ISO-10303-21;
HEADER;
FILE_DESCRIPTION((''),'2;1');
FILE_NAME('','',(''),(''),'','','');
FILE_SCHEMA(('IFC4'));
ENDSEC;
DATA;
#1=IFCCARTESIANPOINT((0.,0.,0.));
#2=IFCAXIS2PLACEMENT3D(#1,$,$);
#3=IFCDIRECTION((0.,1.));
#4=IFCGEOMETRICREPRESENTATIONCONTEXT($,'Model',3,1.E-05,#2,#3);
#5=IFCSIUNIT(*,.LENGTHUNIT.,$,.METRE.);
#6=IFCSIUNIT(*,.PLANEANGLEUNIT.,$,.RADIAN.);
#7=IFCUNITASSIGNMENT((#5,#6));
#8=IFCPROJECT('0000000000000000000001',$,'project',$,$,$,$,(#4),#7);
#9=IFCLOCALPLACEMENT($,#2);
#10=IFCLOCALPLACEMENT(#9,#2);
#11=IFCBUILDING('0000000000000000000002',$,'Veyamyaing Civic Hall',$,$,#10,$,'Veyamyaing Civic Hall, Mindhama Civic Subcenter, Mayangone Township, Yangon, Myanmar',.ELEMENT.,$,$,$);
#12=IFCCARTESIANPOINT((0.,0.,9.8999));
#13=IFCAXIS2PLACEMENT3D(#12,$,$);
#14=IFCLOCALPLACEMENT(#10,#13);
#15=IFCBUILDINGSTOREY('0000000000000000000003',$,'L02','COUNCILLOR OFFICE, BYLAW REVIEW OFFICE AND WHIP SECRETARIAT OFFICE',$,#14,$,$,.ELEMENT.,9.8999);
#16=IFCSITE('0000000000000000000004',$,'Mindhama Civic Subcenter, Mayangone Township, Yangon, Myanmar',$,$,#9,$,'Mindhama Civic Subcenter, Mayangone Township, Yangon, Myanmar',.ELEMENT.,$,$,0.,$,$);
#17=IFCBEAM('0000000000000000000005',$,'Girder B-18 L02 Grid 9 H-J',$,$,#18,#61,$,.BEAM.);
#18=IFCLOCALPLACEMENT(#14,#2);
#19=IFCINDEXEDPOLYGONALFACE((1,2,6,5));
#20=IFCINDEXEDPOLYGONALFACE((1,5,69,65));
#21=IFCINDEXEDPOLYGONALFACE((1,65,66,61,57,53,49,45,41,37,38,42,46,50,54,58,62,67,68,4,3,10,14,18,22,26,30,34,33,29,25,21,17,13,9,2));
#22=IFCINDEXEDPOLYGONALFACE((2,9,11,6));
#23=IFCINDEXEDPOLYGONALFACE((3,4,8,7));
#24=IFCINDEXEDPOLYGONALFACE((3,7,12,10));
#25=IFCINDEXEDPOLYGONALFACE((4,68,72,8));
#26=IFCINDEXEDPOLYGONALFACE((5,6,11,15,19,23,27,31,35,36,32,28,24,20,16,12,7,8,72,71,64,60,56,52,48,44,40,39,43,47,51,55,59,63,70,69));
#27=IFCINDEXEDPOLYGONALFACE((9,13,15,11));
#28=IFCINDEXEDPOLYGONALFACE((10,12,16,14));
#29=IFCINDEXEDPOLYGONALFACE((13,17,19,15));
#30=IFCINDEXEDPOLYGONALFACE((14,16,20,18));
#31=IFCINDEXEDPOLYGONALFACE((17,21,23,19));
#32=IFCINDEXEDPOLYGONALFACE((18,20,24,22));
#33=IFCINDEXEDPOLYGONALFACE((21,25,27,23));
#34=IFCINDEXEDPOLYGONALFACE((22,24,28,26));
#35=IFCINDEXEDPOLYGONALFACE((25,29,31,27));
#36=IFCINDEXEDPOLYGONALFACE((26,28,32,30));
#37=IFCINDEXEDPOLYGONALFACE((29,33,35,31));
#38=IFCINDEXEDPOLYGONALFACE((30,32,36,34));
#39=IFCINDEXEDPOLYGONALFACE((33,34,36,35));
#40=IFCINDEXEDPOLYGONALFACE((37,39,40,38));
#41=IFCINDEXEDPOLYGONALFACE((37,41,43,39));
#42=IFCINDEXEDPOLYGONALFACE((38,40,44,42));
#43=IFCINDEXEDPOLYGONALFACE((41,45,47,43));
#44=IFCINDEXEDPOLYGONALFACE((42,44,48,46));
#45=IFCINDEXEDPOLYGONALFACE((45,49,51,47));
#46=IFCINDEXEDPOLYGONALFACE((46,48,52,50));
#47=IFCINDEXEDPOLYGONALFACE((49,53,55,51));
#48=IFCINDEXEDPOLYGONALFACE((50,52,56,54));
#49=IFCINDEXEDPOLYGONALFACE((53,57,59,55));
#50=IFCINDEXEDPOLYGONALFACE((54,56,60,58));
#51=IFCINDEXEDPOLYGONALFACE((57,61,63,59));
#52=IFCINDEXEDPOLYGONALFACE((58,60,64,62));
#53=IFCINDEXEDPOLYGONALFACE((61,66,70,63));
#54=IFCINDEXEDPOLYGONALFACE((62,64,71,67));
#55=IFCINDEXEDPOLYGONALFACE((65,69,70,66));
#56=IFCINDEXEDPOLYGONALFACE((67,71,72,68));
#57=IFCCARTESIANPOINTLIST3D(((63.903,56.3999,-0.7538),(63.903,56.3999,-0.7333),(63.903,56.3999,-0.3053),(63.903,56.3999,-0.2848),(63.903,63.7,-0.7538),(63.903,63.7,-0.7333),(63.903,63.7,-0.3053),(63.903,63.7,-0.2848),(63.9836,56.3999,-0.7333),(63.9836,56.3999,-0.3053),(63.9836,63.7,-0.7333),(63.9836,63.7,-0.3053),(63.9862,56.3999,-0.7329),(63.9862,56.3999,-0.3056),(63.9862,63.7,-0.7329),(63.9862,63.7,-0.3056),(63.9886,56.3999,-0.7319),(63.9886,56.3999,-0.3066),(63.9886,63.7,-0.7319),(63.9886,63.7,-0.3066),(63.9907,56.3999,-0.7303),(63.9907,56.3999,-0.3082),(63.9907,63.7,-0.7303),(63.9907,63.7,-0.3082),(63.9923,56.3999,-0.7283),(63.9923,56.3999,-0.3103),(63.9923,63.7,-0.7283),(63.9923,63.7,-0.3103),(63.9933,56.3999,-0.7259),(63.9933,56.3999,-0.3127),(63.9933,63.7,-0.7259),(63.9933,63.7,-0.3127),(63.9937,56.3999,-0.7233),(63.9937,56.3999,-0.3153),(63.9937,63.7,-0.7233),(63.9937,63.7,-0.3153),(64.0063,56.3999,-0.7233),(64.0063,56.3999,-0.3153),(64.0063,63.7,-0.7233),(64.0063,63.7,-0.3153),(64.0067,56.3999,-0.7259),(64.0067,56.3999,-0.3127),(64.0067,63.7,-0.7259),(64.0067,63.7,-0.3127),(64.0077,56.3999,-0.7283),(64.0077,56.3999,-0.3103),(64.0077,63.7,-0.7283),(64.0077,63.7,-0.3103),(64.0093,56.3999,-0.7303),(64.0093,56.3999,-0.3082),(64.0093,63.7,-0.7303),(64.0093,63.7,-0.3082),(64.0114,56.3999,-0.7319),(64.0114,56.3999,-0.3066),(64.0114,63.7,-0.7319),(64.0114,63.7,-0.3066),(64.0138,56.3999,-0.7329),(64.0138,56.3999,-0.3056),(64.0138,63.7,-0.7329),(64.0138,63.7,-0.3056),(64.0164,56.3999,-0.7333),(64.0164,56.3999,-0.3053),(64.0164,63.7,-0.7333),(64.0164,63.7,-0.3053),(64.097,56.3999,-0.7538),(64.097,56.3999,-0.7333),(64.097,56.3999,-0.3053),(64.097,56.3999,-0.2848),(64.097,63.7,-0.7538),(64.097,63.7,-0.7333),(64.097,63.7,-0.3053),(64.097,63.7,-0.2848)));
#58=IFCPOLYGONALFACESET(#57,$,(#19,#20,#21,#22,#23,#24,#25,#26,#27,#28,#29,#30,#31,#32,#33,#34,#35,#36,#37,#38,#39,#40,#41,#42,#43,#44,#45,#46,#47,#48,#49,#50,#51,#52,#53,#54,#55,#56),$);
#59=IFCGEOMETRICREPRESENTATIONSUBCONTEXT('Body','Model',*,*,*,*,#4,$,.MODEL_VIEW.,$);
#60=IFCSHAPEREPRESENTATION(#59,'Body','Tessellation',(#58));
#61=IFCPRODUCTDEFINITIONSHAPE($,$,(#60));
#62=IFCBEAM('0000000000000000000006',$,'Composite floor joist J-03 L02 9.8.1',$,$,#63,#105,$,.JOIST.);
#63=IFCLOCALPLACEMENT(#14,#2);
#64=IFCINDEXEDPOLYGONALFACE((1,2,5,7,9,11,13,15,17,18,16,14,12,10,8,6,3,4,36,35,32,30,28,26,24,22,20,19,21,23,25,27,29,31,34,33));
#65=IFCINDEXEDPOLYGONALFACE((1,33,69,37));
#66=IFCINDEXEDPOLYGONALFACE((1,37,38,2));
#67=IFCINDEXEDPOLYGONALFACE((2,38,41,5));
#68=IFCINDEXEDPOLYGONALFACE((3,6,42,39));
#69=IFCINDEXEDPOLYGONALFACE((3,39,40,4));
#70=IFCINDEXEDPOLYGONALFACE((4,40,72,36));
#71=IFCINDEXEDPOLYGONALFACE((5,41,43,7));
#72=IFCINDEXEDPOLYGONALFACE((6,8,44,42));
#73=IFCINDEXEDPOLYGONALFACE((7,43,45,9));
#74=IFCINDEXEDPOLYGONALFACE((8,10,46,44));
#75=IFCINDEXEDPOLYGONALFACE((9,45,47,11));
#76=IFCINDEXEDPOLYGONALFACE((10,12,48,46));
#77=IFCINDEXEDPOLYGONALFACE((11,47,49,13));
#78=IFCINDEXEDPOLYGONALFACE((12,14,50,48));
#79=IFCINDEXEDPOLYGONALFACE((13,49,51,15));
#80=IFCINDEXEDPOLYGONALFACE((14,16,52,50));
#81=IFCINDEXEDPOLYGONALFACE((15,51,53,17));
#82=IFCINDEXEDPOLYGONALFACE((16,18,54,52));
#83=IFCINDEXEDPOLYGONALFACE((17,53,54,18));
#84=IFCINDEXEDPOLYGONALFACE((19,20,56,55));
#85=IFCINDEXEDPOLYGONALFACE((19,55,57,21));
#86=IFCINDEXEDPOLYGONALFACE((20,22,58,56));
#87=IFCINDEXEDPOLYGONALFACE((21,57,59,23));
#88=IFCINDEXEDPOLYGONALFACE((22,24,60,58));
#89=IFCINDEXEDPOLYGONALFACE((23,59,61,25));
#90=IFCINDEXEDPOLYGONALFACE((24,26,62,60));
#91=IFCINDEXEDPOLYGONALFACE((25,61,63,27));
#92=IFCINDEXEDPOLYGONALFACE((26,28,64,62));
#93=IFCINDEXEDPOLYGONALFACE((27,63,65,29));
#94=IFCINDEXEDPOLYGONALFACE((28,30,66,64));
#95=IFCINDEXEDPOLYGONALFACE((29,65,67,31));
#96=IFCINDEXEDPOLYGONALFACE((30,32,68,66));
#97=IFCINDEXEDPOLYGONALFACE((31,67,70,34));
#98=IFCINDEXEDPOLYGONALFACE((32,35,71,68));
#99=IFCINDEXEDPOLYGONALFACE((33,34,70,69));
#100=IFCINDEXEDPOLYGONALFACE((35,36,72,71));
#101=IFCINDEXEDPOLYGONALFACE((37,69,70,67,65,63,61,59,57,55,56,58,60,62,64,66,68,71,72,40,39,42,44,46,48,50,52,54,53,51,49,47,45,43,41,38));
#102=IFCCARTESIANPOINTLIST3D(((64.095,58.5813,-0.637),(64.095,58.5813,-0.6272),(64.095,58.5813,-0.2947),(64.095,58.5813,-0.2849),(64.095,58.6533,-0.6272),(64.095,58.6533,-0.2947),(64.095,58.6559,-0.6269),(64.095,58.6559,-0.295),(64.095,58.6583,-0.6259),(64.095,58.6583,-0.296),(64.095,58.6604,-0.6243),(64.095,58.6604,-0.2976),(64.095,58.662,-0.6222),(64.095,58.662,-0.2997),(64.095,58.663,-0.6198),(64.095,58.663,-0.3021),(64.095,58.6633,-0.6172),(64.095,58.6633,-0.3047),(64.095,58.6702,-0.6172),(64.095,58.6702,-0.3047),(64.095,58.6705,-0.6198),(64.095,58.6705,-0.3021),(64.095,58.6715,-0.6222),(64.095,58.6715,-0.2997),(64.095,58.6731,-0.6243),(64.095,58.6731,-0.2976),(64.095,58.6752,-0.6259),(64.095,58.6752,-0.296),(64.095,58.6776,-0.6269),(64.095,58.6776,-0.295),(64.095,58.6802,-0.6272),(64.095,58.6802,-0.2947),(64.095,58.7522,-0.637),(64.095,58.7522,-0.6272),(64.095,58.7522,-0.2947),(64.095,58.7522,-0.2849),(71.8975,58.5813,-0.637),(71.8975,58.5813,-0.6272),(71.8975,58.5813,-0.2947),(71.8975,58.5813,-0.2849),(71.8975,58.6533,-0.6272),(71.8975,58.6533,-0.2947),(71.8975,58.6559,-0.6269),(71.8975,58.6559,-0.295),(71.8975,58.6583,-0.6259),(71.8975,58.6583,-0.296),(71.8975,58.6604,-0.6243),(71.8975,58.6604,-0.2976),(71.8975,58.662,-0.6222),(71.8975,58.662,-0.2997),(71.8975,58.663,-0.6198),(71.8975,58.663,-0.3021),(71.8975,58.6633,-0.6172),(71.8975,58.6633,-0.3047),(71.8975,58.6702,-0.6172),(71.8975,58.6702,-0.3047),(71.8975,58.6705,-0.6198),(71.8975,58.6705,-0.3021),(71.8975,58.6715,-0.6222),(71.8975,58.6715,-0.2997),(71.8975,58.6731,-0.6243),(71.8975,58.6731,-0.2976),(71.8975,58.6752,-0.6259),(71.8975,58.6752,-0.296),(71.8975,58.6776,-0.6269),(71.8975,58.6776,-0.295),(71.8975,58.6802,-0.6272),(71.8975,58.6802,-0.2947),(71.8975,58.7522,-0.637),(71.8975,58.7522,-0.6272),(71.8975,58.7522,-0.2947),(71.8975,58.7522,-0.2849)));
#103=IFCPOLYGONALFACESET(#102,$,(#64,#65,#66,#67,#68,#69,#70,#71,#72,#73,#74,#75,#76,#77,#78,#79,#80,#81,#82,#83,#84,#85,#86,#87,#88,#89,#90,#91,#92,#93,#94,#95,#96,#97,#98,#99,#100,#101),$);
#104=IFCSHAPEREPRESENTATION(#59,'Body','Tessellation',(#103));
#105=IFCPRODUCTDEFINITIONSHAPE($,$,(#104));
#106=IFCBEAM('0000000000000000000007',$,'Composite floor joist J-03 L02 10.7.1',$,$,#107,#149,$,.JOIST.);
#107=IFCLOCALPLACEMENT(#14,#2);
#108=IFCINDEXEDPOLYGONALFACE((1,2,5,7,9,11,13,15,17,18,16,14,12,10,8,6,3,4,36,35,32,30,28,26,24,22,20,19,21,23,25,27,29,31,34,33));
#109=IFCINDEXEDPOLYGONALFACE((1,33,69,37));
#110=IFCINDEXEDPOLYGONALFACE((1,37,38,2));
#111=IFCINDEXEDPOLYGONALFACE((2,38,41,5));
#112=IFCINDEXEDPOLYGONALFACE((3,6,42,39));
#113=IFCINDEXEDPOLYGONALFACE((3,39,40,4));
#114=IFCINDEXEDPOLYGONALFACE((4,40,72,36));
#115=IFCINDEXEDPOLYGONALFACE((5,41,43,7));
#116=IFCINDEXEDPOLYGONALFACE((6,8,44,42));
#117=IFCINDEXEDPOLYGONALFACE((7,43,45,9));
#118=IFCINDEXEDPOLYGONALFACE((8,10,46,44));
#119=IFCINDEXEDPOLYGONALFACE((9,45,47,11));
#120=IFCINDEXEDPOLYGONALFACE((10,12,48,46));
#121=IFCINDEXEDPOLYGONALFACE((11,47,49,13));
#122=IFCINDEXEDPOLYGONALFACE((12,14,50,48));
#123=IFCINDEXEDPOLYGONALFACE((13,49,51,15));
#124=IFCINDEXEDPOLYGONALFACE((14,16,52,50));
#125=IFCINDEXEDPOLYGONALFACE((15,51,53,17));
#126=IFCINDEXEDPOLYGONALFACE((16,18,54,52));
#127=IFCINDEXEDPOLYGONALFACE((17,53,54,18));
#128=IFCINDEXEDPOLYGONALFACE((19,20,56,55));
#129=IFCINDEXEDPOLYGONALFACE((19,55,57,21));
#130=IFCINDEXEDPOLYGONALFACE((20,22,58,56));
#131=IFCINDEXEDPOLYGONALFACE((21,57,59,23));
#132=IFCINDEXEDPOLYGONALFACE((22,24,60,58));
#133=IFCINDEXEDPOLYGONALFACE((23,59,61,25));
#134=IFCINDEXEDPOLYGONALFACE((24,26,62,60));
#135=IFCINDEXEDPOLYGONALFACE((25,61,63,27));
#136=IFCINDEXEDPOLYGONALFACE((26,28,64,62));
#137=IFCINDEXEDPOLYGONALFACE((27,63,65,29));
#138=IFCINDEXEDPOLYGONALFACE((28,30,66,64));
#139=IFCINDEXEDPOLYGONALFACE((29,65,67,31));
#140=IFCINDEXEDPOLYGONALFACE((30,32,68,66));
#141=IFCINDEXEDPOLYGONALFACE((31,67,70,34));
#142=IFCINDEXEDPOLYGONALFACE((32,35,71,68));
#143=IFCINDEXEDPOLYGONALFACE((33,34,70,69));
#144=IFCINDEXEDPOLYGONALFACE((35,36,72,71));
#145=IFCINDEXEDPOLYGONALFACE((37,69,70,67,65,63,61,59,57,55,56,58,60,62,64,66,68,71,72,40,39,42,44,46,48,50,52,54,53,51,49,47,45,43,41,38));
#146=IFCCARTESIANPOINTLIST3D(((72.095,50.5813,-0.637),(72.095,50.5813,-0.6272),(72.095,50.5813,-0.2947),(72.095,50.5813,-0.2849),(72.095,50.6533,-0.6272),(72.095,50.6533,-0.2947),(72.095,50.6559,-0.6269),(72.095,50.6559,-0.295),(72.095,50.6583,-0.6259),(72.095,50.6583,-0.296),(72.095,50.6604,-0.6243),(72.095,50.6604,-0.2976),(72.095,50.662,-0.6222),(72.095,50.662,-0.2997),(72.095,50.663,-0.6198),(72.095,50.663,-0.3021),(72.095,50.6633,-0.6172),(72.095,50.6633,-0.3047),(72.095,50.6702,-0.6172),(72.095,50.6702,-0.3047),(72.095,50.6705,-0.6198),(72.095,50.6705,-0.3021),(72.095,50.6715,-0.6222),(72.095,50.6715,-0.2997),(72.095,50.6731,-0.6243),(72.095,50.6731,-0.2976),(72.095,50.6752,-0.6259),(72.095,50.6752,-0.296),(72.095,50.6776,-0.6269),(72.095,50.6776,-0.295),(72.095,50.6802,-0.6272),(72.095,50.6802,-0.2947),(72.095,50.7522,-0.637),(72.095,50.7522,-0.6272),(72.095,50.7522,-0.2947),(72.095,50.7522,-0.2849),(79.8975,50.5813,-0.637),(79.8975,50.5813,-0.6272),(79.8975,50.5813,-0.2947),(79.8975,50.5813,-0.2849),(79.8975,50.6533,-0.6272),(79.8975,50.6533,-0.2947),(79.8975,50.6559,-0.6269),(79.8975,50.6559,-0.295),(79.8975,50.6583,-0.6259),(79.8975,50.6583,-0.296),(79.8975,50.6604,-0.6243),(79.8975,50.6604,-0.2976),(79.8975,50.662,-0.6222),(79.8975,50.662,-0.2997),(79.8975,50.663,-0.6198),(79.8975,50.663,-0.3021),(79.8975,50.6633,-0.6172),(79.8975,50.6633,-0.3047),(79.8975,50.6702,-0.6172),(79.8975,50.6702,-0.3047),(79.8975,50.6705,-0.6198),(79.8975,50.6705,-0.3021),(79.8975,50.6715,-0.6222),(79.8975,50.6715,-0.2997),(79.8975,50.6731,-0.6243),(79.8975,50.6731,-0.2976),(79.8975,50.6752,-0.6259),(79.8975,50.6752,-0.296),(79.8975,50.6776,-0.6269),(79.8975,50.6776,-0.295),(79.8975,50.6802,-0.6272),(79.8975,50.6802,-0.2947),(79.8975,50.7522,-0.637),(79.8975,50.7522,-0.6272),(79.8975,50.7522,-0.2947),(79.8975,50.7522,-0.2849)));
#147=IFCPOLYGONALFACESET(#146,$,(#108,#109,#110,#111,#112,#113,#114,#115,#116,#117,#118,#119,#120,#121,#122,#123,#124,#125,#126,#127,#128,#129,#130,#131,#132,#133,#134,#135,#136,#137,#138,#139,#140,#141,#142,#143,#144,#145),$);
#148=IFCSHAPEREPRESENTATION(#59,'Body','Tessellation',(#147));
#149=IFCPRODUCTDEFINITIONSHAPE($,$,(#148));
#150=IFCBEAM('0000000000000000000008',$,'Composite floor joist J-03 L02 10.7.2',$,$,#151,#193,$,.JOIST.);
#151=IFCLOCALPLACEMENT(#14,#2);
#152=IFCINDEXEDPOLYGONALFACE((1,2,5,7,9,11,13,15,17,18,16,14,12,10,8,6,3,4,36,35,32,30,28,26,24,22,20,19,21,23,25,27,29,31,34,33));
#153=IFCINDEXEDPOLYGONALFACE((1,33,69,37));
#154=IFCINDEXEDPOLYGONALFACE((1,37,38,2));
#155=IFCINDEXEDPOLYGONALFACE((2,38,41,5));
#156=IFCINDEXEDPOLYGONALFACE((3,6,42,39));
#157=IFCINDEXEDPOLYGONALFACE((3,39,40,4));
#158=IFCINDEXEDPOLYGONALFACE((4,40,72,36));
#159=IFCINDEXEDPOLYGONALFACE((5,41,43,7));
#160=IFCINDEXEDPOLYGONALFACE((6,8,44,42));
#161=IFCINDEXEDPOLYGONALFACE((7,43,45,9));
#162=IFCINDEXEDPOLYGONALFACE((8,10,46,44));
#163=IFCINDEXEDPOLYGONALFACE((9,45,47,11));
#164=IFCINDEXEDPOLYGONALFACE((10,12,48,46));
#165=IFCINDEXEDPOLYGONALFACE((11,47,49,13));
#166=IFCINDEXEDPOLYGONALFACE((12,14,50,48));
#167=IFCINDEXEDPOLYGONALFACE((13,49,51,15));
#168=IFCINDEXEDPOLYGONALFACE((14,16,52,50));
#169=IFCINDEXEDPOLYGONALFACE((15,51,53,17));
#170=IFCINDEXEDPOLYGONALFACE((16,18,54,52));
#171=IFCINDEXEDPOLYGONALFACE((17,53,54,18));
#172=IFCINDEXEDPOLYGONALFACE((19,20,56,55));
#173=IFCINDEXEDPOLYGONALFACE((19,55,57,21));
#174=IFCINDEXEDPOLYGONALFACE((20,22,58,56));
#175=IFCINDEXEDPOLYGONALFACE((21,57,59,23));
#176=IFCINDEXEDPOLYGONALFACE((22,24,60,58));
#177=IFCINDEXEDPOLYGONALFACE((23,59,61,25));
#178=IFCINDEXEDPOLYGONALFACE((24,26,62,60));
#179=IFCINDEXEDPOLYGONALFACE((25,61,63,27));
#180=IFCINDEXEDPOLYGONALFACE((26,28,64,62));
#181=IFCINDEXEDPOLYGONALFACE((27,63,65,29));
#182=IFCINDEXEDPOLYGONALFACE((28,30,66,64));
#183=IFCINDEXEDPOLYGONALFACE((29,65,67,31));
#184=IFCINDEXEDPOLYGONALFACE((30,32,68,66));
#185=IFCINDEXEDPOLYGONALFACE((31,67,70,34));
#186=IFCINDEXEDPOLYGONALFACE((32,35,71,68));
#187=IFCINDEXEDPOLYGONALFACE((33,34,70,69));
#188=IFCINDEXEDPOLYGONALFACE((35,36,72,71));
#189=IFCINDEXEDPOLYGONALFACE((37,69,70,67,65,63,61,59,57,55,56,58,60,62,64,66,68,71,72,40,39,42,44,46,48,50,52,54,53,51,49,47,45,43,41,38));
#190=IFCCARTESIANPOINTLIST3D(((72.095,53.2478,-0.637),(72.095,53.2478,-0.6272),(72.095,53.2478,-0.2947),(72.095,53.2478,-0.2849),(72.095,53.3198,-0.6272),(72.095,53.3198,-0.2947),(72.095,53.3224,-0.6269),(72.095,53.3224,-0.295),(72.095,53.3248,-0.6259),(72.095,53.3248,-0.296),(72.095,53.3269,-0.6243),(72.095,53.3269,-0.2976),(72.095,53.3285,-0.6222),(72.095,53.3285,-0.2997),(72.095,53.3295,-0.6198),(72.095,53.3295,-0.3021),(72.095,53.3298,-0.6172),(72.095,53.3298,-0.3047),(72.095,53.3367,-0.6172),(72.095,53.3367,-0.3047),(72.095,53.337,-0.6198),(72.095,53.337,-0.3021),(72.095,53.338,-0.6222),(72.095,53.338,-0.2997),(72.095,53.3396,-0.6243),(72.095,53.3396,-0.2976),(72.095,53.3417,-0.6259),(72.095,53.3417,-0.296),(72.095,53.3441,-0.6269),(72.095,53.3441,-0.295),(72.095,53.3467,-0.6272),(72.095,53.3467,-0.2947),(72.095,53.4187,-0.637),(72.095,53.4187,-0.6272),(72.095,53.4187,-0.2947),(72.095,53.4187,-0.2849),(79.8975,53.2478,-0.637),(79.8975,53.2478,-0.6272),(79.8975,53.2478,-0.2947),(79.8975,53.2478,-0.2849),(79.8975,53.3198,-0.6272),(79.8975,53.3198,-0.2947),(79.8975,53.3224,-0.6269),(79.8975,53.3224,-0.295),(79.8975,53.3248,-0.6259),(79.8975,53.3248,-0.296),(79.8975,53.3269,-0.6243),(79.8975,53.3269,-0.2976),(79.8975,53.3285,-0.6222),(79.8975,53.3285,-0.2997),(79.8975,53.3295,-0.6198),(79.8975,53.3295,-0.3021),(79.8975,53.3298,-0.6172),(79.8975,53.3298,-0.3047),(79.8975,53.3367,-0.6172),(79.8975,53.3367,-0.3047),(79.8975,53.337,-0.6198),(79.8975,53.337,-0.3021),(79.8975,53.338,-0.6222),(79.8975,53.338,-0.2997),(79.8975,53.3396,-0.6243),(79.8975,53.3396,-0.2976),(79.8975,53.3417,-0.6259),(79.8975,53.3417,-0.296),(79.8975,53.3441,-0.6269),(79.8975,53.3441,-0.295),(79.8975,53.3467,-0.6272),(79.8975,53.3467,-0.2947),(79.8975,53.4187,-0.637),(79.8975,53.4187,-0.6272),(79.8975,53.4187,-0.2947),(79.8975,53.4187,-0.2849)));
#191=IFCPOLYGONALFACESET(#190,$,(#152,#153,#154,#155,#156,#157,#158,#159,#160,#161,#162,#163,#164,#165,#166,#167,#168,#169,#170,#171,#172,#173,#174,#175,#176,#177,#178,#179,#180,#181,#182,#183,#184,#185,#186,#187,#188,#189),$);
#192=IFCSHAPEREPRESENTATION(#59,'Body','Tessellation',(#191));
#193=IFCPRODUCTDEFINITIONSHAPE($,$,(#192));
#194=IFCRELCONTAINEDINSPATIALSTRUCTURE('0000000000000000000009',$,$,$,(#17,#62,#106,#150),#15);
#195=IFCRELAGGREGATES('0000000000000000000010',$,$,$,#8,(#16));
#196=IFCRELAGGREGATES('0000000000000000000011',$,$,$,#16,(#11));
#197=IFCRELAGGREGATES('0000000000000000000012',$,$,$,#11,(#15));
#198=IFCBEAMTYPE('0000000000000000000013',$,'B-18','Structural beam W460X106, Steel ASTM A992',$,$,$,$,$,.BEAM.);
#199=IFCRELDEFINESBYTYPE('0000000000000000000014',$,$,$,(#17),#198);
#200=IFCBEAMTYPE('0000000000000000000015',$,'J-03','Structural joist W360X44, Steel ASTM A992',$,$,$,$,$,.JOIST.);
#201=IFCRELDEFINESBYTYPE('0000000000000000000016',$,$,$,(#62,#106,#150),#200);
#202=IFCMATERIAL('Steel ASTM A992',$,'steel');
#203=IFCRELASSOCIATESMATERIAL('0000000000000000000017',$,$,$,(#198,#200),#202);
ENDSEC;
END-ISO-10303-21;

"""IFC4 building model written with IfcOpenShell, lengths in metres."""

from ifc_helpers import new_model, si_unit, direction, frame, origin, origin_2d, place, context, subcontext, project, spatial, i_section, extrude, material, material_profile, profile_set, type_object, element, save


model = new_model("IFC4")

# Units and contexts
model_context = context("Model", 3, precision=1e-05, world=origin(), true_north=direction((0.0, 1.0)))
body_context = subcontext(model_context, "Body", "Model", "MODEL_VIEW")
ifc_project = project(units=[si_unit("LENGTHUNIT", "METRE"), si_unit("PLANEANGLEUNIT", "RADIAN")], contexts=[model_context])

# Site, building, storey
site_placement = place(None, origin())
site = spatial("IfcSite", under=ifc_project, at=site_placement, Name="Mindhama Civic Subcenter, Mayangone Township, Yangon, Myanmar", LongName="Mindhama Civic Subcenter, Mayangone Township, Yangon, Myanmar", CompositionType="ELEMENT", RefElevation=0.0)
building_placement = place(site_placement, origin())
building = spatial("IfcBuilding", under=site, at=building_placement, Name="Veyamyaing Civic Hall", LongName="Veyamyaing Civic Hall, Mindhama Civic Subcenter, Mayangone Township, Yangon, Myanmar", CompositionType="ELEMENT")
storey_placement = place(building_placement, frame((0.0, 0.0, 9.8999)))
storey = spatial("IfcBuildingStorey", under=building, at=storey_placement, Name="L02", Description="COUNCILLOR OFFICE, BYLAW REVIEW OFFICE AND WHIP SECRETARIAT OFFICE", CompositionType="ELEMENT", Elevation=9.8999)

# Beams
ifc_material_1 = material(Name="Steel ASTM A992", Category="steel")
ifc_material_profile_1 = material_profile(ifc_material_1, i_section(OverallWidth=0.1941, OverallDepth=0.469, WebThickness=0.0127, FlangeThickness=0.0205, FilletRadius=0.01, at=origin_2d()), Name="W460X106")
ifc_profile_set_1 = profile_set([ifc_material_profile_1], Name="Steel ASTM A992")
beam_type_1 = type_object("IfcBeamType", Name="B-18", Description="Structural beam W460X106, Steel ASTM A992", PredefinedType="BEAM", material=ifc_profile_set_1)
beam_1_placement = place(storey_placement, frame((64.0, 56.3999, -0.5193), z_axis=(0.0, 1.0, 0.0), x_axis=(-1.0, 0.0, 0.0)))
element("IfcBeam", 1, at=beam_1_placement, inside=storey, type_object=beam_type_1, Name="Girder B-18 L02 Grid 9 H-J", PredefinedType="BEAM", context=body_context, shape_type="SweptSolid", body=[
    extrude(i_section(OverallWidth=0.1941, OverallDepth=0.469, WebThickness=0.0127, FlangeThickness=0.0205, FilletRadius=0.01, at=origin_2d()), origin(), (0.0, 0.0, 1.0), 7.3),
])
ifc_material_profile_2 = material_profile(ifc_material_1, i_section(OverallWidth=0.1709, OverallDepth=0.3521, WebThickness=0.0068, FlangeThickness=0.0098, FilletRadius=0.01, at=origin_2d()), Name="W360X44")
ifc_profile_set_2 = profile_set([ifc_material_profile_2], Name="Steel ASTM A992")
beam_type_2 = type_object("IfcBeamType", Name="J-03", Description="Structural joist W360X44, Steel ASTM A992", PredefinedType="JOIST", material=ifc_profile_set_2)
for number, where, z_axis, x_axis, name in (
    (2, (64.095, 58.6667, -0.4609), (1.0, 0.0, 0.0), (0.0, 1.0, 0.0), "Composite floor joist J-03 L02 9.8.1"),
    (3, (72.095, 50.6667, -0.4609), (1.0, 0.0, 0.0), (0.0, 1.0, 0.0), "Composite floor joist J-03 L02 10.7.1"),
    (4, (72.095, 53.3333, -0.4609), (1.0, 0.0, 0.0), (0.0, 1.0, 0.0), "Composite floor joist J-03 L02 10.7.2"),
):
    element("IfcBeam", number, at=place(storey_placement, frame(where, z_axis=z_axis, x_axis=x_axis)), inside=storey, type_object=beam_type_2, Name=name, PredefinedType="JOIST", context=body_context, shape_type="SweptSolid", body=[
        extrude(i_section(OverallWidth=0.1709, OverallDepth=0.3521, WebThickness=0.0068, FlangeThickness=0.0098, FilletRadius=0.01, at=origin_2d()), origin(), (0.0, 0.0, 1.0), 7.8025),
    ])

save(model, "model.ifc")
